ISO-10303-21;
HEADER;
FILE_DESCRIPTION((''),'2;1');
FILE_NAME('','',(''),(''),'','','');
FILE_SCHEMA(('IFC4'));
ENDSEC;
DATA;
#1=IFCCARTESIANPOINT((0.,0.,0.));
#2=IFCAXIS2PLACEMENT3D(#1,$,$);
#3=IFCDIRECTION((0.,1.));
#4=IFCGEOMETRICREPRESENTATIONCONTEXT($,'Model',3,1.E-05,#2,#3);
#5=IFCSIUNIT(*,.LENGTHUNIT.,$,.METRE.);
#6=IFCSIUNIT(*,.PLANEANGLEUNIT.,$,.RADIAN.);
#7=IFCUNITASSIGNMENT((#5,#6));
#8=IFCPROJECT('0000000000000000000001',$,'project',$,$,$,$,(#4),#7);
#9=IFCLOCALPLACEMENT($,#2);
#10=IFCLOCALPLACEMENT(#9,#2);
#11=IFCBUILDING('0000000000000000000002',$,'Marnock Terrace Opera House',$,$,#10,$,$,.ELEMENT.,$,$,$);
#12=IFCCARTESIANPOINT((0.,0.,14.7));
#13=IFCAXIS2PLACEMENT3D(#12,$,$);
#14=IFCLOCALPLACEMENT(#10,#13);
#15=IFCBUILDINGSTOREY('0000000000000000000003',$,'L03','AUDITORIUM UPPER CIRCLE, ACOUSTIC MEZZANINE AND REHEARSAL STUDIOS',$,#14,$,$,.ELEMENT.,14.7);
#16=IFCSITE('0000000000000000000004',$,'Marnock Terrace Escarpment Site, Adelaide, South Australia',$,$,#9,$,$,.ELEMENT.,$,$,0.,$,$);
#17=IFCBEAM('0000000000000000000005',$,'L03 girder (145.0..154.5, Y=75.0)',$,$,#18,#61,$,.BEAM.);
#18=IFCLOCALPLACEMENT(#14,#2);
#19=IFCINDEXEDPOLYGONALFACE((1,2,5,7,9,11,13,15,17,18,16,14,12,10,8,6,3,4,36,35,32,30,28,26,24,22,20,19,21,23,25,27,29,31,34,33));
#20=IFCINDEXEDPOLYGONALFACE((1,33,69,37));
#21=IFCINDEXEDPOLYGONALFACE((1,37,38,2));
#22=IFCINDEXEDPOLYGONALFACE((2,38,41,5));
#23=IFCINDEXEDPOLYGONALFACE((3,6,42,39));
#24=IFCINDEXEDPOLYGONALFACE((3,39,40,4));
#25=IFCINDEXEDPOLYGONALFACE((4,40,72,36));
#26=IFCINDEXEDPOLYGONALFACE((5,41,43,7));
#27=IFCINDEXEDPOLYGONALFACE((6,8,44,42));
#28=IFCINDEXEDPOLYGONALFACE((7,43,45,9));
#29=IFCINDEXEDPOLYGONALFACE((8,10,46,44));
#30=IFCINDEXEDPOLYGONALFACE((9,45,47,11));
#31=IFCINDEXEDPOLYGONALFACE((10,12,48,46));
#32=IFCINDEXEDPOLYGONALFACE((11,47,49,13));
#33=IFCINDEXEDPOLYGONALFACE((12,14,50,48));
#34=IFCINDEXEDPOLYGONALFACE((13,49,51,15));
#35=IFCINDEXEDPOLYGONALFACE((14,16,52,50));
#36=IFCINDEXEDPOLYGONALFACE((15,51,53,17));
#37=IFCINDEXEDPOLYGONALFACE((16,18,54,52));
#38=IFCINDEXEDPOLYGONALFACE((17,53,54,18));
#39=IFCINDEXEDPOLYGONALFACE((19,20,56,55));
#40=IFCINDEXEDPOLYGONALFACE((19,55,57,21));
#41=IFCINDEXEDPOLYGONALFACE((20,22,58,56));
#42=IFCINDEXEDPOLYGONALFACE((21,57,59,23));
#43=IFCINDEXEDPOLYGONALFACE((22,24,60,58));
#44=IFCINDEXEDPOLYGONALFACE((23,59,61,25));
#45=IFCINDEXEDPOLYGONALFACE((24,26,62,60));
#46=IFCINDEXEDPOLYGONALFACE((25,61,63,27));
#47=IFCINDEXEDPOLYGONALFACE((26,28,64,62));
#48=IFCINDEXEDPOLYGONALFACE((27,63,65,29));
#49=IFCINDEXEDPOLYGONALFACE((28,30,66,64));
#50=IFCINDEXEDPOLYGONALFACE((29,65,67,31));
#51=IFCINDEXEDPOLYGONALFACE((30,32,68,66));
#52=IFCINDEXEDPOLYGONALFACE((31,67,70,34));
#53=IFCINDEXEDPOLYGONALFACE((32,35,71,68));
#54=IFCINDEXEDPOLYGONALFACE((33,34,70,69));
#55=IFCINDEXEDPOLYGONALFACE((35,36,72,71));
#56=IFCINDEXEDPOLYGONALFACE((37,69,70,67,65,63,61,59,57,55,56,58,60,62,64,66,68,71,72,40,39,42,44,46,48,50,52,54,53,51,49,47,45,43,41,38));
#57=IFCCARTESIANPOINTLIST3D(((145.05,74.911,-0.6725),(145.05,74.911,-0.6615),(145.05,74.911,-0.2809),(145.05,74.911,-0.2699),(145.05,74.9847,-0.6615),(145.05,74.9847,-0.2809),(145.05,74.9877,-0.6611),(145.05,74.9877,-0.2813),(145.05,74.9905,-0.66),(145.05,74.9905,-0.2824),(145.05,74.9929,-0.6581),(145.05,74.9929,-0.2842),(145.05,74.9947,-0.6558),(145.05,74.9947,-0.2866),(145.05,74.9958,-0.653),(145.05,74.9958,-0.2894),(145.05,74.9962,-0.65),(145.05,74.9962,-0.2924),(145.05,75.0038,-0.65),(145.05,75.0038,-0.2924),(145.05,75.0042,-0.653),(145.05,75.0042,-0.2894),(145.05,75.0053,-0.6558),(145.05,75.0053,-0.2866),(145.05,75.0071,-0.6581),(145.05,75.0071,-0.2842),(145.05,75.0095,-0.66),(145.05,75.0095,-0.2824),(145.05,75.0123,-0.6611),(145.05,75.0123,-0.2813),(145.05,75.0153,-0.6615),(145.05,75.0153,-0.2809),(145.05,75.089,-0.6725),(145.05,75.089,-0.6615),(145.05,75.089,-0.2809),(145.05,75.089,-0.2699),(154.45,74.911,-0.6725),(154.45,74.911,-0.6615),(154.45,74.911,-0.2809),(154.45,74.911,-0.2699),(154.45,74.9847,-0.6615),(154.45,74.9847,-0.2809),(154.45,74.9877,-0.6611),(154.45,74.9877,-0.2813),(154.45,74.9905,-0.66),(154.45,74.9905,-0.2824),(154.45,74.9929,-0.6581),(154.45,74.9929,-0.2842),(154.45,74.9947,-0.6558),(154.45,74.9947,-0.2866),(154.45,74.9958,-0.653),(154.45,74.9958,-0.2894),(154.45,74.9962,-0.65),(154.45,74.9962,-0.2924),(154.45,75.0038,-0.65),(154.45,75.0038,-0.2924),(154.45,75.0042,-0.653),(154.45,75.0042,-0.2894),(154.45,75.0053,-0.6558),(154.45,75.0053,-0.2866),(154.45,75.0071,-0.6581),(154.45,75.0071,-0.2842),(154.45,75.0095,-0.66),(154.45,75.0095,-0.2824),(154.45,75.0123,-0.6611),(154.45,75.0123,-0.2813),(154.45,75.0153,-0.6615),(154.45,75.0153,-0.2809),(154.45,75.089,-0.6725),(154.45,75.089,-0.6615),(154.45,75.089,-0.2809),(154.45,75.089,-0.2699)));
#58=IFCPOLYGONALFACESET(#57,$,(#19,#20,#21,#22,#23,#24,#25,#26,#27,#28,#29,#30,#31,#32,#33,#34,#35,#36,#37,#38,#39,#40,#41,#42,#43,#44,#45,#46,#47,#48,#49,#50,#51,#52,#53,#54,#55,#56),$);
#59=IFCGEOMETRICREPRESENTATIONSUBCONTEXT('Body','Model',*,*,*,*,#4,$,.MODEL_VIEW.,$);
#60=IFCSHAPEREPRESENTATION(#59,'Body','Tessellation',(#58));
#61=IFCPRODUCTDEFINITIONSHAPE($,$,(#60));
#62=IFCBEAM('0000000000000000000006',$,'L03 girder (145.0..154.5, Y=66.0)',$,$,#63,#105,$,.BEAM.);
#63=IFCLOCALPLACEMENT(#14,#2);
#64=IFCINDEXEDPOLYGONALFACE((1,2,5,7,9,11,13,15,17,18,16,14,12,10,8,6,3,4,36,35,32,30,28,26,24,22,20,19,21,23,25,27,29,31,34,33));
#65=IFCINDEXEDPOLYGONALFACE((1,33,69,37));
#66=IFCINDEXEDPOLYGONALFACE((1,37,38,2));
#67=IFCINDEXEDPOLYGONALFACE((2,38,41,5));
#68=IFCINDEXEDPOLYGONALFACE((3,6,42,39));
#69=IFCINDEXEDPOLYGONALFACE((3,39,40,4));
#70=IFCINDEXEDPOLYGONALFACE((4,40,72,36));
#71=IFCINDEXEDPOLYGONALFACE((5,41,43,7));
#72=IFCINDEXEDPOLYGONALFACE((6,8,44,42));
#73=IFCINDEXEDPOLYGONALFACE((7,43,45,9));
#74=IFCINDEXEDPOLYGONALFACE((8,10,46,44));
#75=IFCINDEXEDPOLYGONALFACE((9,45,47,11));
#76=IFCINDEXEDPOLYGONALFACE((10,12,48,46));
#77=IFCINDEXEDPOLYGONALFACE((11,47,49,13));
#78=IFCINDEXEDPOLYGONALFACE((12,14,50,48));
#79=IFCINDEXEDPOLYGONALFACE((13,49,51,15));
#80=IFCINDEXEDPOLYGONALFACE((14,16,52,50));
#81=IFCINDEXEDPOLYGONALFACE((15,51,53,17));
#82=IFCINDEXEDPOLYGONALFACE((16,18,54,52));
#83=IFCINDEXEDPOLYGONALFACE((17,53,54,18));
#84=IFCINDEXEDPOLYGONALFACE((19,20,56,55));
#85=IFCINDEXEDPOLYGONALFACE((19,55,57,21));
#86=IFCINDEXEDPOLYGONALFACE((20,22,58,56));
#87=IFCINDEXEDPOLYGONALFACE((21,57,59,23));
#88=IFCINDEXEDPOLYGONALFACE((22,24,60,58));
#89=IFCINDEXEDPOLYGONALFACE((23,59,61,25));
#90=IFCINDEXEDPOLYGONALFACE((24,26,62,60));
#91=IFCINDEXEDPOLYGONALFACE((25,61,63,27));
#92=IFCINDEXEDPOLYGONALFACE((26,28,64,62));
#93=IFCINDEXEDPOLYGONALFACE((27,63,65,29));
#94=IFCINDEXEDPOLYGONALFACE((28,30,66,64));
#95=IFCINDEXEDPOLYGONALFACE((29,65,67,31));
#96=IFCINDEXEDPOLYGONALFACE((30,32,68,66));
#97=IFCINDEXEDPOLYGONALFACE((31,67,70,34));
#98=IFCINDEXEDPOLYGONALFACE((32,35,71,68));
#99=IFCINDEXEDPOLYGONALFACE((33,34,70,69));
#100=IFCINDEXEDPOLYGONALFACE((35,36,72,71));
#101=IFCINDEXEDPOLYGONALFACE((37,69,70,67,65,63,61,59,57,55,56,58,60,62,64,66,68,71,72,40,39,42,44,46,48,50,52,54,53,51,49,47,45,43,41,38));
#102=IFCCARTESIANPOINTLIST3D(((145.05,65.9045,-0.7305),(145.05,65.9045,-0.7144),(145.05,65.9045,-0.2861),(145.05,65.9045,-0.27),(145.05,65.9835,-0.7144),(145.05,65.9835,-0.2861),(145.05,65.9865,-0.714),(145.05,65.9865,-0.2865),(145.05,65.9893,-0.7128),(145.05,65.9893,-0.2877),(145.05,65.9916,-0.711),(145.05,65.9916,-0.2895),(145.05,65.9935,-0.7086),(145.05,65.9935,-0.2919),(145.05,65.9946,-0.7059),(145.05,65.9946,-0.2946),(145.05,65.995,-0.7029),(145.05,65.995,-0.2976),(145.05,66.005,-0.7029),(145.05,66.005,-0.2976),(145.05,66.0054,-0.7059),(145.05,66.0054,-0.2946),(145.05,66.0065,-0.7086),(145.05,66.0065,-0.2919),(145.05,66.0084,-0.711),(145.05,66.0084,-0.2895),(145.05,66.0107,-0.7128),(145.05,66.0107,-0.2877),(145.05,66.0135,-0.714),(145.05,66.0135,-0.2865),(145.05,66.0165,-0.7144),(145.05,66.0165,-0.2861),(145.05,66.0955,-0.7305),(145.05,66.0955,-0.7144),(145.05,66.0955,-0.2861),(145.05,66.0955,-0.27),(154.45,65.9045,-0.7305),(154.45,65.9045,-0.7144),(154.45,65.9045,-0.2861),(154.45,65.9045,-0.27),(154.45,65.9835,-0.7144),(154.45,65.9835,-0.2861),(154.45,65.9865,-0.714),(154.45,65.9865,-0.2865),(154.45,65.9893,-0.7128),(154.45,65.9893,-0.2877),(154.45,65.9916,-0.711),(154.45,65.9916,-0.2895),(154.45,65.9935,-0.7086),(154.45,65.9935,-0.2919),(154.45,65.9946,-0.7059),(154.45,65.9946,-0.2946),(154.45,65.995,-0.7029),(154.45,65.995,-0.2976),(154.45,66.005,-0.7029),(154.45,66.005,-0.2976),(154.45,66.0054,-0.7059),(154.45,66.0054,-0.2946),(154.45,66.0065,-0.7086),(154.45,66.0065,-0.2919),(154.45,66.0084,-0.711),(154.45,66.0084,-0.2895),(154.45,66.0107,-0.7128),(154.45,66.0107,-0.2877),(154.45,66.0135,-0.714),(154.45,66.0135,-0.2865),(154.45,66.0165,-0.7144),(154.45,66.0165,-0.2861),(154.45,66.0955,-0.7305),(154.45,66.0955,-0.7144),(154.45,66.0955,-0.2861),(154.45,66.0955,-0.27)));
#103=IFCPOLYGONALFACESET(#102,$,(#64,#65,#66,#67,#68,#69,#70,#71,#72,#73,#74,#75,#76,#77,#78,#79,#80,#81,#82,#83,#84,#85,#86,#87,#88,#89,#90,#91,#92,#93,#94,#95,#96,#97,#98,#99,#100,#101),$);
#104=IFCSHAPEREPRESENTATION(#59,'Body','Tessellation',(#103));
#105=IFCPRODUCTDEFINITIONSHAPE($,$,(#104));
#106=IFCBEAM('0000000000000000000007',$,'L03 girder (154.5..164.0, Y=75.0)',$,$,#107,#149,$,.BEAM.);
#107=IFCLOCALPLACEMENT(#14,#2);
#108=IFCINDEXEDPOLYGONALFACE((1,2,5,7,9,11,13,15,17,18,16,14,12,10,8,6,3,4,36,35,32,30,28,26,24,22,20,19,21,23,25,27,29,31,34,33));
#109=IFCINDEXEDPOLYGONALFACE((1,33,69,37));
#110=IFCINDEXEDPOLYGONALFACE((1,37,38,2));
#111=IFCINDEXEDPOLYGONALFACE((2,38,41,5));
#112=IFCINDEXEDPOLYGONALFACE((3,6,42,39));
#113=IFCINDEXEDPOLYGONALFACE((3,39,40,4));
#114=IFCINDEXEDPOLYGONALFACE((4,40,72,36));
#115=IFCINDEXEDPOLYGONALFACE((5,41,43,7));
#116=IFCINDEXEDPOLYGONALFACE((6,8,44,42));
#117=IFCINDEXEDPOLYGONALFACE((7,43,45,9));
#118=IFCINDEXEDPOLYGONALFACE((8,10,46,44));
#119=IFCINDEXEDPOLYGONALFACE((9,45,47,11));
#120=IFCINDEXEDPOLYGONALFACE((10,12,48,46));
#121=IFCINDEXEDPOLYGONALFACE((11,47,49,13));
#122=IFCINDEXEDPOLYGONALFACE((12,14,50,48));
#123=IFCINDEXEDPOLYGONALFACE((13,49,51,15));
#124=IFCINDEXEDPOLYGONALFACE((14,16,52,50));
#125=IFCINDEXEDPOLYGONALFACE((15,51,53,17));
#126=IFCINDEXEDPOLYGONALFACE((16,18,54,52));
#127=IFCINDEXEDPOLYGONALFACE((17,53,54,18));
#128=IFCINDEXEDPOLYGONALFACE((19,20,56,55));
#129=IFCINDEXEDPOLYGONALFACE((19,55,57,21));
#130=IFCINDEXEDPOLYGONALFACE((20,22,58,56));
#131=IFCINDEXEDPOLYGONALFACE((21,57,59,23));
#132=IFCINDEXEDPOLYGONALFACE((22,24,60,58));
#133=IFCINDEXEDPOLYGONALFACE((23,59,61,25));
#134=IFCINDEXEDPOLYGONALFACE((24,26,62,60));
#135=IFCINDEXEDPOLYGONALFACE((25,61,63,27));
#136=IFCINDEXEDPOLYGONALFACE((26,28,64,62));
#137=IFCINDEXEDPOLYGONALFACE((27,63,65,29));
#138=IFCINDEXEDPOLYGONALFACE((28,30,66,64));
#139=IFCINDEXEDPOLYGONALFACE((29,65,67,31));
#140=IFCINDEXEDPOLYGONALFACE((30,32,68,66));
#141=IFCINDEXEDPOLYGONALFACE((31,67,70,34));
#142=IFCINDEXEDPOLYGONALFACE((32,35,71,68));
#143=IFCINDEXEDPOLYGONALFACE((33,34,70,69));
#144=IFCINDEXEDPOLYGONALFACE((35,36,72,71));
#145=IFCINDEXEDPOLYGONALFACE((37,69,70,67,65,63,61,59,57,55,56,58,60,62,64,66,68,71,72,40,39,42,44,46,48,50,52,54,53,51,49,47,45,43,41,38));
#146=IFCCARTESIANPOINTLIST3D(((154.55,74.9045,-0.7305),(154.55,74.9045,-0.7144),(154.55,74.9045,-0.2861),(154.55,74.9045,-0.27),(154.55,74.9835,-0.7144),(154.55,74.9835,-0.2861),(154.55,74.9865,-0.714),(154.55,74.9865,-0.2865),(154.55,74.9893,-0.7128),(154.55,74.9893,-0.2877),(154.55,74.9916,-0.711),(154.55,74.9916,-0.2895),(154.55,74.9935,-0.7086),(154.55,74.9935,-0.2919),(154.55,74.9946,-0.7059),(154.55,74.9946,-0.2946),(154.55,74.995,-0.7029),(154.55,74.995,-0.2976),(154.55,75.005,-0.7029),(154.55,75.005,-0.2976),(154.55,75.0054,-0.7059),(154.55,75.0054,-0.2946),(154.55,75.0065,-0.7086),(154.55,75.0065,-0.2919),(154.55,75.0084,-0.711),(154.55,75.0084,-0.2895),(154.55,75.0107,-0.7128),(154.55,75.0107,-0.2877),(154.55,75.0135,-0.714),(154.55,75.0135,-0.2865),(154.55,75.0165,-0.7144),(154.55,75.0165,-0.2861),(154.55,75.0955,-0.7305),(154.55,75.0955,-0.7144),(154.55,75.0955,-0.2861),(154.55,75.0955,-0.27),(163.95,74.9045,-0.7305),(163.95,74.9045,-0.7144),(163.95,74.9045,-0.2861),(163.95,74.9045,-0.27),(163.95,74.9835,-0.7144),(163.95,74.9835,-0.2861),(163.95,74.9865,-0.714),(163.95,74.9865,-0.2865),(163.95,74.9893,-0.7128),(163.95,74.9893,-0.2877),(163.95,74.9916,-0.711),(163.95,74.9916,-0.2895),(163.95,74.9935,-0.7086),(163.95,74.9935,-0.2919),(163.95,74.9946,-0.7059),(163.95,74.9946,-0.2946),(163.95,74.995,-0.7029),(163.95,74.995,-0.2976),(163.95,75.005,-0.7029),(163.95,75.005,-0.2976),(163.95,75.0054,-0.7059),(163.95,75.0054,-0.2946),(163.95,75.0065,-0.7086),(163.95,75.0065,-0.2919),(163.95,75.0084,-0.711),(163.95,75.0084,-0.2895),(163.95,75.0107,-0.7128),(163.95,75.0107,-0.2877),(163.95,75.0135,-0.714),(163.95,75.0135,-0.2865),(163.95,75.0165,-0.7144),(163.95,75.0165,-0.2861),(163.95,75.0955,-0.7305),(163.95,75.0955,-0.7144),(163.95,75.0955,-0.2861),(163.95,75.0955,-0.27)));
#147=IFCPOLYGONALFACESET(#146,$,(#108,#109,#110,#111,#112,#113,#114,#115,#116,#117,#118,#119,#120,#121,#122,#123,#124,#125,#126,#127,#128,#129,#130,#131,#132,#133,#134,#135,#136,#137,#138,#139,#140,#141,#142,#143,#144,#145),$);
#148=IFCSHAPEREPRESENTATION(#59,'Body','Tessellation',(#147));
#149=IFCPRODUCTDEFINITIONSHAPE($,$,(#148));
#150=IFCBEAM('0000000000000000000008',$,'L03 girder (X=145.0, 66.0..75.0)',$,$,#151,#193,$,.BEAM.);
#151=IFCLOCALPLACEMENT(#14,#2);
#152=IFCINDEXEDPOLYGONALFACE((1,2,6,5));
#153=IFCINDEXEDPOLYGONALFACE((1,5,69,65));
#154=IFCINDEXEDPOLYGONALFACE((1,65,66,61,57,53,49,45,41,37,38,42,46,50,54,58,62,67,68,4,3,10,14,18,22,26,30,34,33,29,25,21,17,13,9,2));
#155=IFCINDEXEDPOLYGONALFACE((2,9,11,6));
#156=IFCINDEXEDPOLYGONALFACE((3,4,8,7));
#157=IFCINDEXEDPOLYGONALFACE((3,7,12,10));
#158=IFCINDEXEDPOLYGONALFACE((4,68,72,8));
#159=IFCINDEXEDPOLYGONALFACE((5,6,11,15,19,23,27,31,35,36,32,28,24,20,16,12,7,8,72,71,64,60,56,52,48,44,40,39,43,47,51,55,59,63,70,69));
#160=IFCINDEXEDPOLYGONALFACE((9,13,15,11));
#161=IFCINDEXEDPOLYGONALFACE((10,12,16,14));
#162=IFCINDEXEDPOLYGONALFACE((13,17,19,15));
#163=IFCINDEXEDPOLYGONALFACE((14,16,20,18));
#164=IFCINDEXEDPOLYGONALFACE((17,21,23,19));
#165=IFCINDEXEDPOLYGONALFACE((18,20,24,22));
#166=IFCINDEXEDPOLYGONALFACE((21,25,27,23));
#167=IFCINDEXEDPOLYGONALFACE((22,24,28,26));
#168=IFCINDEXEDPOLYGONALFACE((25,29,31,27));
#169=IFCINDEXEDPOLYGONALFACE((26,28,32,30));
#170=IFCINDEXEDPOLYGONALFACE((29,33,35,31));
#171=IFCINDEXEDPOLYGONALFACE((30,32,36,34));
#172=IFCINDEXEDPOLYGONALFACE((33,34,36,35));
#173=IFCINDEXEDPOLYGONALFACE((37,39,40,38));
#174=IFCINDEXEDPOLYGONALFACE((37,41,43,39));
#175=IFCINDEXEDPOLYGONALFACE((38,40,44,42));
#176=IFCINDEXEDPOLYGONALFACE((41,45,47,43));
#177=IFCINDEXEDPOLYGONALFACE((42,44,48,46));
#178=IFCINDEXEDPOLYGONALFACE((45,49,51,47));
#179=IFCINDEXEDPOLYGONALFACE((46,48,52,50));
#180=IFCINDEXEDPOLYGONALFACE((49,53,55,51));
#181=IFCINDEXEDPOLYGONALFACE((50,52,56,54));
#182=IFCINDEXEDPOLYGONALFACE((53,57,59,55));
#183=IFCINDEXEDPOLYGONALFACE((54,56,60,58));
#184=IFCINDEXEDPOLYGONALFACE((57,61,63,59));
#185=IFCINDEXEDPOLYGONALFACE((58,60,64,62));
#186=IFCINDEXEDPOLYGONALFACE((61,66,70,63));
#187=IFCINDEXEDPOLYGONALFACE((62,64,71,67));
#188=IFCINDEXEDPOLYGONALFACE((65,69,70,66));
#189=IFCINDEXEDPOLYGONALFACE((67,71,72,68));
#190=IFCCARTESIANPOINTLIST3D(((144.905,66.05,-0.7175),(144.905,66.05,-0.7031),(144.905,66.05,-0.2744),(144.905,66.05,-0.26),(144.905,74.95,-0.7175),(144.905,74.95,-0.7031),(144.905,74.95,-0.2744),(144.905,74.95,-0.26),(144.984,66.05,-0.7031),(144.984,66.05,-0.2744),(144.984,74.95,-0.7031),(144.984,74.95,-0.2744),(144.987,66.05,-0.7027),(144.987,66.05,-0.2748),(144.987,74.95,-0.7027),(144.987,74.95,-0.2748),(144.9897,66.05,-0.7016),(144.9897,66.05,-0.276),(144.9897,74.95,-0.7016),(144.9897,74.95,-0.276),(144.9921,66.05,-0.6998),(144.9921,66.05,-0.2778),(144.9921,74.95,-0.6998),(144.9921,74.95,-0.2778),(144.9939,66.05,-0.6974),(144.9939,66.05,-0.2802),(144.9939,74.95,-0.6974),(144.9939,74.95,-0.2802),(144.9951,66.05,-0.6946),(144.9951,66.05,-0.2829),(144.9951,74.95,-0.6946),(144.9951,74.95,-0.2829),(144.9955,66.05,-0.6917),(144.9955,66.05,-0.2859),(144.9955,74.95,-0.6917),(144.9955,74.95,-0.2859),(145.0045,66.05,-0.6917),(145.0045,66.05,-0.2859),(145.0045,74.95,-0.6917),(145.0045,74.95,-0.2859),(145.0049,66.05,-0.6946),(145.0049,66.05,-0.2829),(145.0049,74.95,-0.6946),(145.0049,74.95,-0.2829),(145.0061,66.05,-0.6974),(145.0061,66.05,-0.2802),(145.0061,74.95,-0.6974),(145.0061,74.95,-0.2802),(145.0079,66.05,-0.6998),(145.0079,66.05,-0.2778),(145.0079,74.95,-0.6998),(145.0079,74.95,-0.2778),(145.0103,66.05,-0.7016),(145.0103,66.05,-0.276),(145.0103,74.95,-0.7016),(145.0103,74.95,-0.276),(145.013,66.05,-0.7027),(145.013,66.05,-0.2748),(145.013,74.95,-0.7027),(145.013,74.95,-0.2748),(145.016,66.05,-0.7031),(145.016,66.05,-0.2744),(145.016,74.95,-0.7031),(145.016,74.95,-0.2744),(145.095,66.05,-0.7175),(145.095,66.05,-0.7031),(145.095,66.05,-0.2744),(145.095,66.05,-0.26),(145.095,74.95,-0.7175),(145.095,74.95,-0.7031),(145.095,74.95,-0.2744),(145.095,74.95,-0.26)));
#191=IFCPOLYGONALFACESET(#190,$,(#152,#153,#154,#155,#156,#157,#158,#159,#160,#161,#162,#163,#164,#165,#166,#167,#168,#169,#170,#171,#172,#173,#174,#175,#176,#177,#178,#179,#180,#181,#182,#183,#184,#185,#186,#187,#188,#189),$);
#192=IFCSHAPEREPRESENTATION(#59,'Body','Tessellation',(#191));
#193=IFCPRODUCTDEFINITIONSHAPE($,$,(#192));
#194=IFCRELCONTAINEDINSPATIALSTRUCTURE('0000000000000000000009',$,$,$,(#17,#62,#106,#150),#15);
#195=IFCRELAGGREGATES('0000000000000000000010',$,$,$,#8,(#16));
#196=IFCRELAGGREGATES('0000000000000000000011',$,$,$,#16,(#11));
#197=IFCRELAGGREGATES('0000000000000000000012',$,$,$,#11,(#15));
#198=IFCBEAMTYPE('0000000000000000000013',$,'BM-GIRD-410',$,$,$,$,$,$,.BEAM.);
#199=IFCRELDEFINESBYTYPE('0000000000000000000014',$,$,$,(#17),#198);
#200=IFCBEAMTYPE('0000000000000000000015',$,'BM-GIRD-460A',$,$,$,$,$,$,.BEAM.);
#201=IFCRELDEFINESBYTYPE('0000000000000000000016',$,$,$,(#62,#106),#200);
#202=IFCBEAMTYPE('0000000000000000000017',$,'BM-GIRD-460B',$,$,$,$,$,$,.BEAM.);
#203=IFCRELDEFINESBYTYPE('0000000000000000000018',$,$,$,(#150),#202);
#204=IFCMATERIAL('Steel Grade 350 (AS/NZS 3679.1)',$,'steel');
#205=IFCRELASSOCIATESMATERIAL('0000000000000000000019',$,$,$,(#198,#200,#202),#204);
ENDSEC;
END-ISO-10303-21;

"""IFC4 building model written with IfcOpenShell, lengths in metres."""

from ifc_helpers import new_model, si_unit, direction, frame, origin, origin_2d, place, context, subcontext, project, spatial, i_section, extrude, material, material_profile, profile_set, type_object, element, save


model = new_model("IFC4")

# Units and contexts
model_context = context("Model", 3, precision=1e-05, world=origin(), true_north=direction((0.0, 1.0)))
body_context = subcontext(model_context, "Body", "Model", "MODEL_VIEW")
ifc_project = project(units=[si_unit("LENGTHUNIT", "METRE"), si_unit("PLANEANGLEUNIT", "RADIAN")], contexts=[model_context])

# Site, building, storey
site_placement = place(None, origin())
site = spatial("IfcSite", under=ifc_project, at=site_placement, Name="Marnock Terrace Escarpment Site, Adelaide, South Australia", CompositionType="ELEMENT", RefElevation=0.0)
building_placement = place(site_placement, origin())
building = spatial("IfcBuilding", under=site, at=building_placement, Name="Marnock Terrace Opera House", CompositionType="ELEMENT")
storey_placement = place(building_placement, frame((0.0, 0.0, 14.7)))
storey = spatial("IfcBuildingStorey", under=building, at=storey_placement, Name="L03", Description="AUDITORIUM UPPER CIRCLE, ACOUSTIC MEZZANINE AND REHEARSAL STUDIOS", CompositionType="ELEMENT", Elevation=14.7)

# Beams
ifc_material_1 = material(Name="Steel Grade 350 (AS/NZS 3679.1)", Category="steel")
ifc_material_profile_1 = material_profile(ifc_material_1, i_section(OverallWidth=0.178, OverallDepth=0.4026, WebThickness=0.0076, FlangeThickness=0.011, FilletRadius=0.0115, at=origin_2d()))
ifc_profile_set_1 = profile_set([ifc_material_profile_1], Name="Steel Grade 350 (AS/NZS 3679.1)")
beam_type_1 = type_object("IfcBeamType", Name="BM-GIRD-410", PredefinedType="BEAM", material=ifc_profile_set_1)
beam_1_placement = place(storey_placement, frame((145.05, 75.0, -0.4712), z_axis=(1.0, 0.0, 0.0), x_axis=(0.0, 1.0, 0.0)))
element("IfcBeam", 1, at=beam_1_placement, inside=storey, type_object=beam_type_1, Name="L03 girder (145.0..154.5, Y=75.0)", PredefinedType="BEAM", context=body_context, shape_type="SweptSolid", body=[
    extrude(i_section(OverallWidth=0.178, OverallDepth=0.4026, WebThickness=0.0076, FlangeThickness=0.011, FilletRadius=0.0115, at=origin_2d()), origin(), (0.0, 0.0, 1.0), 9.3999),
])
ifc_material_profile_2 = material_profile(ifc_material_1, i_section(OverallWidth=0.1909, OverallDepth=0.4604, WebThickness=0.01, FlangeThickness=0.0161, FilletRadius=0.0115, at=origin_2d()))
ifc_profile_set_2 = profile_set([ifc_material_profile_2], Name="Steel Grade 350 (AS/NZS 3679.1)")
beam_type_2 = type_object("IfcBeamType", Name="BM-GIRD-460A", PredefinedType="BEAM", material=ifc_profile_set_2)
for number, where, z_axis, x_axis, name in (
    (2, (145.05, 66.0, -0.5002), (1.0, 0.0, 0.0), (0.0, 1.0, 0.0), "L03 girder (145.0..154.5, Y=66.0)"),
    (3, (154.55, 75.0, -0.5002), (1.0, 0.0, 0.0), (0.0, 1.0, 0.0), "L03 girder (154.5..164.0, Y=75.0)"),
):
    element("IfcBeam", number, at=place(storey_placement, frame(where, z_axis=z_axis, x_axis=x_axis)), inside=storey, type_object=beam_type_2, Name=name, PredefinedType="BEAM", context=body_context, shape_type="SweptSolid", body=[
        extrude(i_section(OverallWidth=0.1909, OverallDepth=0.4604, WebThickness=0.01, FlangeThickness=0.0161, FilletRadius=0.0115, at=origin_2d()), origin(), (0.0, 0.0, 1.0), 9.3999),
    ])
ifc_material_profile_3 = material_profile(ifc_material_1, i_section(OverallWidth=0.1899, OverallDepth=0.4575, WebThickness=0.009, FlangeThickness=0.0144, FilletRadius=0.0115, at=origin_2d()))
ifc_profile_set_3 = profile_set([ifc_material_profile_3], Name="Steel Grade 350 (AS/NZS 3679.1)")
beam_type_3 = type_object("IfcBeamType", Name="BM-GIRD-460B", PredefinedType="BEAM", material=ifc_profile_set_3)
beam_2_placement = place(storey_placement, frame((145.0, 66.05, -0.4888), z_axis=(0.0, 1.0, 0.0), x_axis=(-1.0, 0.0, 0.0)))
element("IfcBeam", 4, at=beam_2_placement, inside=storey, type_object=beam_type_3, Name="L03 girder (X=145.0, 66.0..75.0)", PredefinedType="BEAM", context=body_context, shape_type="SweptSolid", body=[
    extrude(i_section(OverallWidth=0.1899, OverallDepth=0.4575, WebThickness=0.009, FlangeThickness=0.0144, FilletRadius=0.0115, at=origin_2d()), origin(), (0.0, 0.0, 1.0), 8.8999),
])

save(model, "model.ifc")
